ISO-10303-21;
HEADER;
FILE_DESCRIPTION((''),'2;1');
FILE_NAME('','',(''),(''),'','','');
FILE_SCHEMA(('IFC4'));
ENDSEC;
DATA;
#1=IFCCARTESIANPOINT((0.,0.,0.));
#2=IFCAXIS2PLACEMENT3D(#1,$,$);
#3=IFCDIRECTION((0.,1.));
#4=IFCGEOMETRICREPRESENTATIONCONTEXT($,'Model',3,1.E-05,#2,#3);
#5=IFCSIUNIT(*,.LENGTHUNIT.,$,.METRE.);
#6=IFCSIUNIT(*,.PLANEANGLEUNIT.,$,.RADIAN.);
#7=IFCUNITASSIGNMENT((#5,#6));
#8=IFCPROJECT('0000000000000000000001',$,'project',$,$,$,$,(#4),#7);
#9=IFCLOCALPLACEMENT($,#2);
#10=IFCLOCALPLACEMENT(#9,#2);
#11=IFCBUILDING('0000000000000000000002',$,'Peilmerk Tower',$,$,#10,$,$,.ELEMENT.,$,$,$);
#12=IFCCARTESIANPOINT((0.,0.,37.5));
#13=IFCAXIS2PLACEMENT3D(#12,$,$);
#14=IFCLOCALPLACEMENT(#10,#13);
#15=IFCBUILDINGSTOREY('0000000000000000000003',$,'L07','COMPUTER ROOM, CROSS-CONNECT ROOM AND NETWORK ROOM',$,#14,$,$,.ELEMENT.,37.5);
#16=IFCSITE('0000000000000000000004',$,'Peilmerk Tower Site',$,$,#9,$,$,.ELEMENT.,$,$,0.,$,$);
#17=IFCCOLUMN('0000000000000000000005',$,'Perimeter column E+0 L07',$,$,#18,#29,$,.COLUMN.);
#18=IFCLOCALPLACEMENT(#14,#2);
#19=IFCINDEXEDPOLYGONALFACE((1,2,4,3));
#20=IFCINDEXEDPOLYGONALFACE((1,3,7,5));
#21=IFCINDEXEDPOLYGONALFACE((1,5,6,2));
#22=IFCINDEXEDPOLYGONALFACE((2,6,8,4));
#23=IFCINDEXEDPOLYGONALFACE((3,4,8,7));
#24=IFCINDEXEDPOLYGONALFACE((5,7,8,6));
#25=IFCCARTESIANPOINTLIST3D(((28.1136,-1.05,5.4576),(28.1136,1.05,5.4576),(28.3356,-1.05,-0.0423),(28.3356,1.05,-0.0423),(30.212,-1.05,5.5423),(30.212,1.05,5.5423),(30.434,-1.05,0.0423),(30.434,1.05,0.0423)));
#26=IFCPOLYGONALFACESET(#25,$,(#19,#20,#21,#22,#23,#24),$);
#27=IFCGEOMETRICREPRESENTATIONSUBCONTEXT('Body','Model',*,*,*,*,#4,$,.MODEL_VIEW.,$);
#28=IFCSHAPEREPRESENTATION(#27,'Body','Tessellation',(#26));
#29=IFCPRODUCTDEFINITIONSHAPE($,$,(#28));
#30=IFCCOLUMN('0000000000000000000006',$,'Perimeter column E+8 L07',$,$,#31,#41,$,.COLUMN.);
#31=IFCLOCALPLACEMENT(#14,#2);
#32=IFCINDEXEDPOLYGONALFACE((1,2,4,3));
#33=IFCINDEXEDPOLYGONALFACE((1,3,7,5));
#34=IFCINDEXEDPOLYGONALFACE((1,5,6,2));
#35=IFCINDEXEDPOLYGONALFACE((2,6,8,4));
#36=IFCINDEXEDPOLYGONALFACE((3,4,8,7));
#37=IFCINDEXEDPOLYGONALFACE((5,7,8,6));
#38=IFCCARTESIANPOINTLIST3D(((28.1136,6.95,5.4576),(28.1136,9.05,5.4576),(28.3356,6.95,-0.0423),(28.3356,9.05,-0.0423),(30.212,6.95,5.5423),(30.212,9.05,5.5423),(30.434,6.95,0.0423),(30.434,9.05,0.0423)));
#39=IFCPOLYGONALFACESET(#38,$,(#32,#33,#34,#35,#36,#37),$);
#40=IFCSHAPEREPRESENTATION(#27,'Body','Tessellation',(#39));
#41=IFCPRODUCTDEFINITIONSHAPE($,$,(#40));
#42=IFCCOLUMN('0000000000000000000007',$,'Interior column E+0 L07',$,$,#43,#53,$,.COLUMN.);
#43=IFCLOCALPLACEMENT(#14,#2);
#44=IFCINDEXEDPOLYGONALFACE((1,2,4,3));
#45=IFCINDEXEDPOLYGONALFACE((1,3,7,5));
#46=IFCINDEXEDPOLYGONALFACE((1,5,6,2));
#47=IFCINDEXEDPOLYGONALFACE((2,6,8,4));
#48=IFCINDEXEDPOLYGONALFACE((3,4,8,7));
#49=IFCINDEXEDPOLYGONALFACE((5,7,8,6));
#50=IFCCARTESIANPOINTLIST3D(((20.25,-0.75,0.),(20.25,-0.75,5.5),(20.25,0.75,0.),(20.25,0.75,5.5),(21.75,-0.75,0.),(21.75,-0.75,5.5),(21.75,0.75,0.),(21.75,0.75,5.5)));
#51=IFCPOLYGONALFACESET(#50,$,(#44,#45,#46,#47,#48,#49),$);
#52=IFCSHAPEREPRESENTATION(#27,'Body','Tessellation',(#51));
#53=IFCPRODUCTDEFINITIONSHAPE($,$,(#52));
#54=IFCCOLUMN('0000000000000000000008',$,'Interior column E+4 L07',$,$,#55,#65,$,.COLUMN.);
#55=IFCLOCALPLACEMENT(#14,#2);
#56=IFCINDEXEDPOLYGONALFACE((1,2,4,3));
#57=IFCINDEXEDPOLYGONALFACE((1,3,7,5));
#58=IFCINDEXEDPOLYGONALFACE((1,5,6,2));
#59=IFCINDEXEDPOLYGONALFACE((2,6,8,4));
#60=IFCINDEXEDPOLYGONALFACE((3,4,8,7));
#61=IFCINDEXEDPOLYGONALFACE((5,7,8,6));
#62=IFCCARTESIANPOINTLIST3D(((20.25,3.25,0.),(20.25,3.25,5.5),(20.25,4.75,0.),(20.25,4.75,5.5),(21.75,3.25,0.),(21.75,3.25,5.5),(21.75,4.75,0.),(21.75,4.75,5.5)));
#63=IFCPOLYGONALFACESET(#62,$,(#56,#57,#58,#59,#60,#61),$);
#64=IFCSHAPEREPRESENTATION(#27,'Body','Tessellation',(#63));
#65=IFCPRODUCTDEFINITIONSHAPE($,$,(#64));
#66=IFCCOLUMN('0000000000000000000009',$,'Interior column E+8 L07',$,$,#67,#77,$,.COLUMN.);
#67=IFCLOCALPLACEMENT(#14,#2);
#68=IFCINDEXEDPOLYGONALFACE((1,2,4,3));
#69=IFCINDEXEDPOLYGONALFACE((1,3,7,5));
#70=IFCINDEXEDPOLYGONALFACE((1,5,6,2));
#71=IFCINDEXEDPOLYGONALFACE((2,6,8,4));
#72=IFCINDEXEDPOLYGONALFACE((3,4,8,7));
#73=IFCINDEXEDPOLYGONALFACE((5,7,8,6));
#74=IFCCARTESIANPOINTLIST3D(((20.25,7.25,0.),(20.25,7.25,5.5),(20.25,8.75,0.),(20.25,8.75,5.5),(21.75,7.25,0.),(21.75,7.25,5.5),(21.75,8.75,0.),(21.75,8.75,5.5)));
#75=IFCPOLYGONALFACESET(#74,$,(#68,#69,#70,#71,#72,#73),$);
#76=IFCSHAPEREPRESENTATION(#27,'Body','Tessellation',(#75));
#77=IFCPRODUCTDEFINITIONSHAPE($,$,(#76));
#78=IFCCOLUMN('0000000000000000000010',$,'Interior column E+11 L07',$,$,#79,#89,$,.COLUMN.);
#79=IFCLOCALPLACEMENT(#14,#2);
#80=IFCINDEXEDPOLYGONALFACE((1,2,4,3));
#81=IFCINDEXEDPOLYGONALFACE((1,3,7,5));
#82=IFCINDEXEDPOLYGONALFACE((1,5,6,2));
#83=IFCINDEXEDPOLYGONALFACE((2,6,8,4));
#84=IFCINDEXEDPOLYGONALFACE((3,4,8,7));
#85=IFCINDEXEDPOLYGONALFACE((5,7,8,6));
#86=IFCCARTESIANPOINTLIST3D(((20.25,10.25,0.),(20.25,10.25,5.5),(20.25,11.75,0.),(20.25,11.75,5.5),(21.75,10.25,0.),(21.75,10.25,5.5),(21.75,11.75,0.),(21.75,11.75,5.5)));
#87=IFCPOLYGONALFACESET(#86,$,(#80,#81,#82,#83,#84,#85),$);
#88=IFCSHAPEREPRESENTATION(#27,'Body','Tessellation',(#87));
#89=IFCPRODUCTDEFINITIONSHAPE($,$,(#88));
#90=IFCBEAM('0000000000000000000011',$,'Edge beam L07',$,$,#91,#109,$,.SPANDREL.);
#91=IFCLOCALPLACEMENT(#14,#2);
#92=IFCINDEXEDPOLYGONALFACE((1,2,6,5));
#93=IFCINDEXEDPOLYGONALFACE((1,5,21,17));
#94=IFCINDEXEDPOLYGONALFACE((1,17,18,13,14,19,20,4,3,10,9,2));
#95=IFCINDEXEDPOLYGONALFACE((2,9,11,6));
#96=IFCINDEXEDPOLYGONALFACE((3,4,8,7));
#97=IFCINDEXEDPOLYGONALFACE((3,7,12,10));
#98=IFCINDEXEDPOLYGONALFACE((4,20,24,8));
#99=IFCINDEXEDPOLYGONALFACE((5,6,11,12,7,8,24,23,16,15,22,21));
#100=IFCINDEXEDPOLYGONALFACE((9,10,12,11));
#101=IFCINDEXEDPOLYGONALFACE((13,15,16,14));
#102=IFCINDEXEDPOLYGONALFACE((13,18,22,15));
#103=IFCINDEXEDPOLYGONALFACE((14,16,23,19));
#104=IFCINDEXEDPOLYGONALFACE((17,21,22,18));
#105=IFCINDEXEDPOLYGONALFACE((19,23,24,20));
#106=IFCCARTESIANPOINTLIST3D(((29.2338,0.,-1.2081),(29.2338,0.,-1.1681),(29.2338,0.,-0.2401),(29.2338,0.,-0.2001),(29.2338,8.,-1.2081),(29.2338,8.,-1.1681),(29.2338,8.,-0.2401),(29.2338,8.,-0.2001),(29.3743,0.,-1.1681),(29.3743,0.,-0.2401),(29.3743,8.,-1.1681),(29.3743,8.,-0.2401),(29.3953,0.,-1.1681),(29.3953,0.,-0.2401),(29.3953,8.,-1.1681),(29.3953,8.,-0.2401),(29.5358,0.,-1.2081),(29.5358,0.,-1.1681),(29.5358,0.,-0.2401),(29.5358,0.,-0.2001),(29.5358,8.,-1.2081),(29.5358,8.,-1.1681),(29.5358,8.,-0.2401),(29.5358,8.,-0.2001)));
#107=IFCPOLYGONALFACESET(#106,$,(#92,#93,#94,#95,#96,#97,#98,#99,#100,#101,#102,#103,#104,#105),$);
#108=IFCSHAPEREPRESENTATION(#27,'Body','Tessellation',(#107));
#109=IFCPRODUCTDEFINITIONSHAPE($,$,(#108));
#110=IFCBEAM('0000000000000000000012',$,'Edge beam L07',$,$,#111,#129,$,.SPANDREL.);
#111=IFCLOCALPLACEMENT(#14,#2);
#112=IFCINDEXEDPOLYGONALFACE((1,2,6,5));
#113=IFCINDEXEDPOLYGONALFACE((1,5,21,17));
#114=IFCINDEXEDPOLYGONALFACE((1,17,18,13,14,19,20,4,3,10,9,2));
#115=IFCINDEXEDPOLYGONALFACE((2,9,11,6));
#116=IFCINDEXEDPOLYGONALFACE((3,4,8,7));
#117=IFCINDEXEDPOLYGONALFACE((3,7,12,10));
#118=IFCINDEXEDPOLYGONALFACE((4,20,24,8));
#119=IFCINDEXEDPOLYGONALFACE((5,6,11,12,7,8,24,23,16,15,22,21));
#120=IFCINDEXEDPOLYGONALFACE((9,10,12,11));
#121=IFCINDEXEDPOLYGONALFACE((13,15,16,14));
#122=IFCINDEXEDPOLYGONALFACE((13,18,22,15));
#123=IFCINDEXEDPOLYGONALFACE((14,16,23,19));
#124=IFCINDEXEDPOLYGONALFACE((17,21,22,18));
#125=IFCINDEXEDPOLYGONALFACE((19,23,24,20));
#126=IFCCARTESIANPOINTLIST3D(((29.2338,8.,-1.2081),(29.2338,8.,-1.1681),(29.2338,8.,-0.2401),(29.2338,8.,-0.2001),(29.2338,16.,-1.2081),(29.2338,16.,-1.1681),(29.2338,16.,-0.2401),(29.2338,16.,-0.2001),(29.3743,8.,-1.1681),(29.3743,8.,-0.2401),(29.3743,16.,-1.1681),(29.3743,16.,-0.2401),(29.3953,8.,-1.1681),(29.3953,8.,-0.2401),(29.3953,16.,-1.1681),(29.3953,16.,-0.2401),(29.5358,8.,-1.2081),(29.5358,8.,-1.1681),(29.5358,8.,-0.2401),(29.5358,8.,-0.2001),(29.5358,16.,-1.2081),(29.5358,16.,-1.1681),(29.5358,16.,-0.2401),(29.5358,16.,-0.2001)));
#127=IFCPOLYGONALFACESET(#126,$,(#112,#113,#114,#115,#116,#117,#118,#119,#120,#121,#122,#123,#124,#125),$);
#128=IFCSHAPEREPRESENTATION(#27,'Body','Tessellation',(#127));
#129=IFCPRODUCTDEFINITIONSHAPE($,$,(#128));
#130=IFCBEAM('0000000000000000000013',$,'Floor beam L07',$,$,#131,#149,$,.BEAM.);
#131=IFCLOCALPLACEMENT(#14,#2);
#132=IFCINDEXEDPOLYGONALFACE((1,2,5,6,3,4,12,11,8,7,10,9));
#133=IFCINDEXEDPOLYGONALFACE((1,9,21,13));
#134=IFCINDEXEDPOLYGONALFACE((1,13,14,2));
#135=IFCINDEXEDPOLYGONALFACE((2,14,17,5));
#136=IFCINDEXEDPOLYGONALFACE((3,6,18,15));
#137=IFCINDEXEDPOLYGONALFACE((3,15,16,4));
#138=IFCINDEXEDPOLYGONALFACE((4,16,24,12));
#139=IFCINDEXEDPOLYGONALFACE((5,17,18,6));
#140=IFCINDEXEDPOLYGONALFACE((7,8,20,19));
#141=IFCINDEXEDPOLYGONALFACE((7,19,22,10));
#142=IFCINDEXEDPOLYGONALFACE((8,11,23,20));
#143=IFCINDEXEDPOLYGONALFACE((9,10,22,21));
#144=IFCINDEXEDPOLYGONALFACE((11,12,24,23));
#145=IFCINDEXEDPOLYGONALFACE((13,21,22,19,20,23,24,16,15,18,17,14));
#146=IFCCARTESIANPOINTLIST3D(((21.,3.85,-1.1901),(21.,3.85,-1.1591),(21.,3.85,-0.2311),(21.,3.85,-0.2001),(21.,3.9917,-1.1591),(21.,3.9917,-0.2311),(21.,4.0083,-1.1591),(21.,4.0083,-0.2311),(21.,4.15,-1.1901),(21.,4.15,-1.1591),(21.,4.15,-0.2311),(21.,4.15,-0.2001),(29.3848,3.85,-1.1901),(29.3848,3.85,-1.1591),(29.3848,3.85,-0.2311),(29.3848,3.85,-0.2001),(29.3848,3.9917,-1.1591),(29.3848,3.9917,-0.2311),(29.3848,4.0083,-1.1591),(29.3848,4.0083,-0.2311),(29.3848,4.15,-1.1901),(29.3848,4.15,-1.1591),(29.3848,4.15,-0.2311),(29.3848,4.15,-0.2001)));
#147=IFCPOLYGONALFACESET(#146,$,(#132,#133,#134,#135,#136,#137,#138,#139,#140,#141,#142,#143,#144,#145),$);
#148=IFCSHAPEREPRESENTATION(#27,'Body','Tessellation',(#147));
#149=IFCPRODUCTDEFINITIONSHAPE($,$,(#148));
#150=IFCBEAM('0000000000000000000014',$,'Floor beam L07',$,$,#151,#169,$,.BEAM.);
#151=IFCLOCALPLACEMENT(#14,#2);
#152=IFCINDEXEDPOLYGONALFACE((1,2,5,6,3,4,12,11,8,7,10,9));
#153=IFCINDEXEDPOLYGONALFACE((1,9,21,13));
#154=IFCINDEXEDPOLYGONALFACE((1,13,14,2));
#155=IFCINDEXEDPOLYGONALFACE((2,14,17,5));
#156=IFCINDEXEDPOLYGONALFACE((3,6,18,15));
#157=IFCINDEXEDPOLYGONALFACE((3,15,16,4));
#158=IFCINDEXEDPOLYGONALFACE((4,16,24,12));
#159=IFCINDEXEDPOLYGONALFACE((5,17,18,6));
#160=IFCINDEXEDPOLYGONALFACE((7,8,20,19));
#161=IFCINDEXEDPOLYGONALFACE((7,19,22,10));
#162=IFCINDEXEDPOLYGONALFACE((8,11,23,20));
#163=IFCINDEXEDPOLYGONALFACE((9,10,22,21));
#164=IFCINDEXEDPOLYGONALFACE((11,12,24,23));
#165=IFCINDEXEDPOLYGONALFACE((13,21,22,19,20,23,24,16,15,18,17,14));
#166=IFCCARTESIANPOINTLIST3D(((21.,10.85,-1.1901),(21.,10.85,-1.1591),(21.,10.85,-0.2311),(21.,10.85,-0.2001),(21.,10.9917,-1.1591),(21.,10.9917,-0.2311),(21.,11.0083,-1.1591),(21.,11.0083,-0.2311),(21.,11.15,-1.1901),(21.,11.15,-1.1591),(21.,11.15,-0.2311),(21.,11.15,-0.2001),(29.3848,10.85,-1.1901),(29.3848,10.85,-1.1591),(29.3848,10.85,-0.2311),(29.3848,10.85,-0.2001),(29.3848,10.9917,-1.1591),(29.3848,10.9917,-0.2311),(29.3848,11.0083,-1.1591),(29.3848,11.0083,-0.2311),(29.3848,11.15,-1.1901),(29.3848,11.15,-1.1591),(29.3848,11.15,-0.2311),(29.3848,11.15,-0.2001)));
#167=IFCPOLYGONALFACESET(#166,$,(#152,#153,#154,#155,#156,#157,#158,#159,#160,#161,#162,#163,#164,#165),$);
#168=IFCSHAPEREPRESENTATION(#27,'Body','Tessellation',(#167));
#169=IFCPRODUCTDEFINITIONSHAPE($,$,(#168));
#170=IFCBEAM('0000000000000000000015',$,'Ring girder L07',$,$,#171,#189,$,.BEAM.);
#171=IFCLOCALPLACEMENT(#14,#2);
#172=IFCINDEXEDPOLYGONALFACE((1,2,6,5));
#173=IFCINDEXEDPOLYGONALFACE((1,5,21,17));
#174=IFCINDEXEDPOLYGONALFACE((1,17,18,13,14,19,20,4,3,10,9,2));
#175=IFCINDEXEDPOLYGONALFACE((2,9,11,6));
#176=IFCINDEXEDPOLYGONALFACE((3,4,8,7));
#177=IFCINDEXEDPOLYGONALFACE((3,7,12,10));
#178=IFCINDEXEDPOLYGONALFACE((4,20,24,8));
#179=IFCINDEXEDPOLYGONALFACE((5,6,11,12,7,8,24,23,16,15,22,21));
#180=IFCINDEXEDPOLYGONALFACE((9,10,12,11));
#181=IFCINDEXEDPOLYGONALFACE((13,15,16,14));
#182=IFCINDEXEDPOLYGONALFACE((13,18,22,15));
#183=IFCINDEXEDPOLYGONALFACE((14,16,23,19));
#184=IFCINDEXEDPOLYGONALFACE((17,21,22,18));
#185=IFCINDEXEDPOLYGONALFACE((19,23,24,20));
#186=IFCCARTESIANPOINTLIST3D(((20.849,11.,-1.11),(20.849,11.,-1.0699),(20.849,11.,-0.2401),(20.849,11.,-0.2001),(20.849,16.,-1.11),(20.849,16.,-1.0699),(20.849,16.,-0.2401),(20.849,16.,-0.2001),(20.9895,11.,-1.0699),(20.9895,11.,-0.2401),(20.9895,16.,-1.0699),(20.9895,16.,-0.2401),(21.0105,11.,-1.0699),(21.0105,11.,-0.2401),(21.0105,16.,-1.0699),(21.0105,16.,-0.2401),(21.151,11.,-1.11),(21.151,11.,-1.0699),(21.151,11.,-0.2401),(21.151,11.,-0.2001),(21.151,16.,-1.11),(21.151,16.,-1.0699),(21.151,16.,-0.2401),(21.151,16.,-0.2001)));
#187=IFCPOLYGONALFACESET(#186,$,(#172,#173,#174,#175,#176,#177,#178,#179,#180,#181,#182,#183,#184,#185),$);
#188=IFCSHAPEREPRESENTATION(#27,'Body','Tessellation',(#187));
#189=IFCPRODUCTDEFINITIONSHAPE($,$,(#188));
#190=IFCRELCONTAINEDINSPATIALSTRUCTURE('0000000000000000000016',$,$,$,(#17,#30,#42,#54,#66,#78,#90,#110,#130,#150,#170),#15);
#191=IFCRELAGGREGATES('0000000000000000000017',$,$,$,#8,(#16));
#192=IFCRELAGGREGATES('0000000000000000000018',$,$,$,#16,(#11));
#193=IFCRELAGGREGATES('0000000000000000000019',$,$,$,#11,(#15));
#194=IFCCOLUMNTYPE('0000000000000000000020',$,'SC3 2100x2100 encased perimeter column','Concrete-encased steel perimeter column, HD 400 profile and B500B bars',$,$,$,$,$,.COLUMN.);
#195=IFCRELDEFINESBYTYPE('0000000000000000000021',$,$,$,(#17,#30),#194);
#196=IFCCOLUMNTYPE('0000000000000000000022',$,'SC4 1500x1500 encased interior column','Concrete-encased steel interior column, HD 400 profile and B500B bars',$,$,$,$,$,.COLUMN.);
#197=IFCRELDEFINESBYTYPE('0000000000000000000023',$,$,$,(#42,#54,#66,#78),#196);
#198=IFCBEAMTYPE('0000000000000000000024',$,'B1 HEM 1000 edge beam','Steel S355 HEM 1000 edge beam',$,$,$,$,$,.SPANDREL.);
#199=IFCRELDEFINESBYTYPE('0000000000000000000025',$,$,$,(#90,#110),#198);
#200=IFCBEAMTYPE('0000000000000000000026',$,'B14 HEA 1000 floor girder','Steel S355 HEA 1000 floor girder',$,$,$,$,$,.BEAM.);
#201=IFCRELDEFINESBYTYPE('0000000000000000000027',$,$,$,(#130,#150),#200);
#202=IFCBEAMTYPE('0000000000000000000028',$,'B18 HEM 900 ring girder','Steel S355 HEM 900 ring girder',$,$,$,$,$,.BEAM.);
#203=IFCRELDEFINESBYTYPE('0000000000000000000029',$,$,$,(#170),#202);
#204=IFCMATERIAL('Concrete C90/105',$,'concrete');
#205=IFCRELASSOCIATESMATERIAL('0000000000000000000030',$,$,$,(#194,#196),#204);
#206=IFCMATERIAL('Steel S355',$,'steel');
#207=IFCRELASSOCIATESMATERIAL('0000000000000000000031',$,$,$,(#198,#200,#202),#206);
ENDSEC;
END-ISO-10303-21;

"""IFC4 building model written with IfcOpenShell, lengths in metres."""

from ifc_helpers import new_model, si_unit, direction, frame, origin, origin_2d, place, context, subcontext, project, spatial, rectangle, i_section, extrude, material, material_profile, profile_set, type_object, element, save


model = new_model("IFC4")

# Units and contexts
model_context = context("Model", 3, precision=1e-05, world=origin(), true_north=direction((0.0, 1.0)))
body_context = subcontext(model_context, "Body", "Model", "MODEL_VIEW")
ifc_project = project(units=[si_unit("LENGTHUNIT", "METRE"), si_unit("PLANEANGLEUNIT", "RADIAN")], contexts=[model_context])

# Site, building, storey
site_placement = place(None, origin())
site = spatial("IfcSite", under=ifc_project, at=site_placement, Name="Peilmerk Tower Site", CompositionType="ELEMENT", RefElevation=0.0)
building_placement = place(site_placement, origin())
building = spatial("IfcBuilding", under=site, at=building_placement, Name="Peilmerk Tower", CompositionType="ELEMENT")
storey_placement = place(building_placement, frame((0.0, 0.0, 37.5)))
storey = spatial("IfcBuildingStorey", under=building, at=storey_placement, Name="L07", Description="COMPUTER ROOM, CROSS-CONNECT ROOM AND NETWORK ROOM", CompositionType="ELEMENT", Elevation=37.5)

# Columns
ifc_material_1 = material(Name="Concrete C90/105", Category="concrete")
ifc_material_profile_1 = material_profile(ifc_material_1, rectangle(XDim=2.1001, YDim=2.1001, at=origin_2d()), Name="RC 2100x2100")
ifc_profile_set_1 = profile_set([ifc_material_profile_1], Name="Concrete C90/105")
column_type_1 = type_object("IfcColumnType", Name="SC3 2100x2100 encased perimeter column", Description="Concrete-encased steel perimeter column, HD 400 profile and B500B bars", PredefinedType="COLUMN", material=ifc_profile_set_1)
for number, where, z_axis, x_axis, name in (
    (1, (29.3848, 0.0, 0.0), (-0.040317, 0.0, 0.999187), (0.0, -1.0, 0.0), "Perimeter column E+0 L07"),
    (2, (29.3848, 8.0, 0.0), (-0.040317, 0.0, 0.999187), (0.0, -1.0, 0.0), "Perimeter column E+8 L07"),
):
    element("IfcColumn", number, at=place(storey_placement, frame(where, z_axis=z_axis, x_axis=x_axis)), inside=storey, type_object=column_type_1, Name=name, PredefinedType="COLUMN", context=body_context, shape_type="SweptSolid", body=[
        extrude(rectangle(XDim=2.1001, YDim=2.1001, at=origin_2d()), origin(), (0.0, 0.0, 1.0), 5.5044),
    ])
ifc_material_profile_2 = material_profile(ifc_material_1, rectangle(XDim=1.5, YDim=1.5, at=origin_2d()), Name="RC 1500x1500")
ifc_profile_set_2 = profile_set([ifc_material_profile_2], Name="Concrete C90/105")
column_type_2 = type_object("IfcColumnType", Name="SC4 1500x1500 encased interior column", Description="Concrete-encased steel interior column, HD 400 profile and B500B bars", PredefinedType="COLUMN", material=ifc_profile_set_2)
for number, where, z_axis, x_axis, name in (
    (3, (21.0, 0.0, 0.0), (0.0, 0.0, 1.0), (1.0, 0.0, 0.0), "Interior column E+0 L07"),
    (4, (21.0, 4.0, 0.0), (0.0, 0.0, 1.0), (1.0, 0.0, 0.0), "Interior column E+4 L07"),
    (5, (21.0, 8.0, 0.0), (0.0, 0.0, 1.0), (1.0, 0.0, 0.0), "Interior column E+8 L07"),
    (6, (21.0, 11.0, 0.0), (0.0, 0.0, 1.0), (1.0, 0.0, 0.0), "Interior column E+11 L07"),
):
    element("IfcColumn", number, at=place(storey_placement, frame(where, z_axis=z_axis, x_axis=x_axis)), inside=storey, type_object=column_type_2, Name=name, PredefinedType="COLUMN", context=body_context, shape_type="SweptSolid", body=[
        extrude(rectangle(XDim=1.5, YDim=1.5, at=origin_2d()), origin(), (0.0, 0.0, 1.0), 5.5),
    ])

# Beams
ifc_material_2 = material(Name="Steel S355", Category="steel")
ifc_material_profile_3 = material_profile(ifc_material_2, i_section(OverallWidth=0.302, OverallDepth=1.0081, WebThickness=0.021, FlangeThickness=0.04, at=origin_2d()), Name="HEM 1000")
ifc_profile_set_3 = profile_set([ifc_material_profile_3], Name="Steel S355")
beam_type_1 = type_object("IfcBeamType", Name="B1 HEM 1000 edge beam", Description="Steel S355 HEM 1000 edge beam", PredefinedType="SPANDREL", material=ifc_profile_set_3)
for number, where, z_axis, x_axis, name in (
    (7, (29.3848, 0.0, -0.7041), (0.0, 1.0, 0.0), (-1.0, 0.0, 0.0), "Edge beam L07"),
    (8, (29.3848, 8.0, -0.7041), (0.0, 1.0, 0.0), (-1.0, 0.0, 0.0), "Edge beam L07"),
):
    element("IfcBeam", number, at=place(storey_placement, frame(where, z_axis=z_axis, x_axis=x_axis)), inside=storey, type_object=beam_type_1, Name=name, PredefinedType="SPANDREL", context=body_context, shape_type="SweptSolid", body=[
        extrude(i_section(OverallWidth=0.302, OverallDepth=1.0081, WebThickness=0.021, FlangeThickness=0.04, at=origin_2d()), origin(), (0.0, 0.0, 1.0), 8.0),
    ])
ifc_material_profile_4 = material_profile(ifc_material_2, i_section(OverallWidth=0.3, OverallDepth=0.99, WebThickness=0.0166, FlangeThickness=0.031, at=origin_2d()), Name="HEA 1000")
ifc_profile_set_4 = profile_set([ifc_material_profile_4], Name="Steel S355")
beam_type_2 = type_object("IfcBeamType", Name="B14 HEA 1000 floor girder", Description="Steel S355 HEA 1000 floor girder", PredefinedType="BEAM", material=ifc_profile_set_4)
for number, where, z_axis, x_axis, name in (
    (9, (21.0, 4.0, -0.6951), (1.0, 0.0, 0.0), (0.0, 1.0, 0.0), "Floor beam L07"),
    (10, (21.0, 11.0, -0.6951), (1.0, 0.0, 0.0), (0.0, 1.0, 0.0), "Floor beam L07"),
):
    element("IfcBeam", number, at=place(storey_placement, frame(where, z_axis=z_axis, x_axis=x_axis)), inside=storey, type_object=beam_type_2, Name=name, PredefinedType="BEAM", context=body_context, shape_type="SweptSolid", body=[
        extrude(i_section(OverallWidth=0.3, OverallDepth=0.99, WebThickness=0.0166, FlangeThickness=0.031, at=origin_2d()), origin(), (0.0, 0.0, 1.0), 8.3848),
    ])
ifc_material_profile_5 = material_profile(ifc_material_2, i_section(OverallWidth=0.302, OverallDepth=0.9099, WebThickness=0.021, FlangeThickness=0.04, at=origin_2d()), Name="HEM 900")
ifc_profile_set_5 = profile_set([ifc_material_profile_5], Name="Steel S355")
beam_type_3 = type_object("IfcBeamType", Name="B18 HEM 900 ring girder", Description="Steel S355 HEM 900 ring girder", PredefinedType="BEAM", material=ifc_profile_set_5)
beam_1_placement = place(storey_placement, frame((21.0, 11.0, -0.655), z_axis=(0.0, 1.0, 0.0), x_axis=(-1.0, 0.0, 0.0)))
element("IfcBeam", 11, at=beam_1_placement, inside=storey, type_object=beam_type_3, Name="Ring girder L07", PredefinedType="BEAM", context=body_context, shape_type="SweptSolid", body=[
    extrude(i_section(OverallWidth=0.302, OverallDepth=0.9099, WebThickness=0.021, FlangeThickness=0.04, at=origin_2d()), origin(), (0.0, 0.0, 1.0), 5.0),
])

save(model, "model.ifc")
